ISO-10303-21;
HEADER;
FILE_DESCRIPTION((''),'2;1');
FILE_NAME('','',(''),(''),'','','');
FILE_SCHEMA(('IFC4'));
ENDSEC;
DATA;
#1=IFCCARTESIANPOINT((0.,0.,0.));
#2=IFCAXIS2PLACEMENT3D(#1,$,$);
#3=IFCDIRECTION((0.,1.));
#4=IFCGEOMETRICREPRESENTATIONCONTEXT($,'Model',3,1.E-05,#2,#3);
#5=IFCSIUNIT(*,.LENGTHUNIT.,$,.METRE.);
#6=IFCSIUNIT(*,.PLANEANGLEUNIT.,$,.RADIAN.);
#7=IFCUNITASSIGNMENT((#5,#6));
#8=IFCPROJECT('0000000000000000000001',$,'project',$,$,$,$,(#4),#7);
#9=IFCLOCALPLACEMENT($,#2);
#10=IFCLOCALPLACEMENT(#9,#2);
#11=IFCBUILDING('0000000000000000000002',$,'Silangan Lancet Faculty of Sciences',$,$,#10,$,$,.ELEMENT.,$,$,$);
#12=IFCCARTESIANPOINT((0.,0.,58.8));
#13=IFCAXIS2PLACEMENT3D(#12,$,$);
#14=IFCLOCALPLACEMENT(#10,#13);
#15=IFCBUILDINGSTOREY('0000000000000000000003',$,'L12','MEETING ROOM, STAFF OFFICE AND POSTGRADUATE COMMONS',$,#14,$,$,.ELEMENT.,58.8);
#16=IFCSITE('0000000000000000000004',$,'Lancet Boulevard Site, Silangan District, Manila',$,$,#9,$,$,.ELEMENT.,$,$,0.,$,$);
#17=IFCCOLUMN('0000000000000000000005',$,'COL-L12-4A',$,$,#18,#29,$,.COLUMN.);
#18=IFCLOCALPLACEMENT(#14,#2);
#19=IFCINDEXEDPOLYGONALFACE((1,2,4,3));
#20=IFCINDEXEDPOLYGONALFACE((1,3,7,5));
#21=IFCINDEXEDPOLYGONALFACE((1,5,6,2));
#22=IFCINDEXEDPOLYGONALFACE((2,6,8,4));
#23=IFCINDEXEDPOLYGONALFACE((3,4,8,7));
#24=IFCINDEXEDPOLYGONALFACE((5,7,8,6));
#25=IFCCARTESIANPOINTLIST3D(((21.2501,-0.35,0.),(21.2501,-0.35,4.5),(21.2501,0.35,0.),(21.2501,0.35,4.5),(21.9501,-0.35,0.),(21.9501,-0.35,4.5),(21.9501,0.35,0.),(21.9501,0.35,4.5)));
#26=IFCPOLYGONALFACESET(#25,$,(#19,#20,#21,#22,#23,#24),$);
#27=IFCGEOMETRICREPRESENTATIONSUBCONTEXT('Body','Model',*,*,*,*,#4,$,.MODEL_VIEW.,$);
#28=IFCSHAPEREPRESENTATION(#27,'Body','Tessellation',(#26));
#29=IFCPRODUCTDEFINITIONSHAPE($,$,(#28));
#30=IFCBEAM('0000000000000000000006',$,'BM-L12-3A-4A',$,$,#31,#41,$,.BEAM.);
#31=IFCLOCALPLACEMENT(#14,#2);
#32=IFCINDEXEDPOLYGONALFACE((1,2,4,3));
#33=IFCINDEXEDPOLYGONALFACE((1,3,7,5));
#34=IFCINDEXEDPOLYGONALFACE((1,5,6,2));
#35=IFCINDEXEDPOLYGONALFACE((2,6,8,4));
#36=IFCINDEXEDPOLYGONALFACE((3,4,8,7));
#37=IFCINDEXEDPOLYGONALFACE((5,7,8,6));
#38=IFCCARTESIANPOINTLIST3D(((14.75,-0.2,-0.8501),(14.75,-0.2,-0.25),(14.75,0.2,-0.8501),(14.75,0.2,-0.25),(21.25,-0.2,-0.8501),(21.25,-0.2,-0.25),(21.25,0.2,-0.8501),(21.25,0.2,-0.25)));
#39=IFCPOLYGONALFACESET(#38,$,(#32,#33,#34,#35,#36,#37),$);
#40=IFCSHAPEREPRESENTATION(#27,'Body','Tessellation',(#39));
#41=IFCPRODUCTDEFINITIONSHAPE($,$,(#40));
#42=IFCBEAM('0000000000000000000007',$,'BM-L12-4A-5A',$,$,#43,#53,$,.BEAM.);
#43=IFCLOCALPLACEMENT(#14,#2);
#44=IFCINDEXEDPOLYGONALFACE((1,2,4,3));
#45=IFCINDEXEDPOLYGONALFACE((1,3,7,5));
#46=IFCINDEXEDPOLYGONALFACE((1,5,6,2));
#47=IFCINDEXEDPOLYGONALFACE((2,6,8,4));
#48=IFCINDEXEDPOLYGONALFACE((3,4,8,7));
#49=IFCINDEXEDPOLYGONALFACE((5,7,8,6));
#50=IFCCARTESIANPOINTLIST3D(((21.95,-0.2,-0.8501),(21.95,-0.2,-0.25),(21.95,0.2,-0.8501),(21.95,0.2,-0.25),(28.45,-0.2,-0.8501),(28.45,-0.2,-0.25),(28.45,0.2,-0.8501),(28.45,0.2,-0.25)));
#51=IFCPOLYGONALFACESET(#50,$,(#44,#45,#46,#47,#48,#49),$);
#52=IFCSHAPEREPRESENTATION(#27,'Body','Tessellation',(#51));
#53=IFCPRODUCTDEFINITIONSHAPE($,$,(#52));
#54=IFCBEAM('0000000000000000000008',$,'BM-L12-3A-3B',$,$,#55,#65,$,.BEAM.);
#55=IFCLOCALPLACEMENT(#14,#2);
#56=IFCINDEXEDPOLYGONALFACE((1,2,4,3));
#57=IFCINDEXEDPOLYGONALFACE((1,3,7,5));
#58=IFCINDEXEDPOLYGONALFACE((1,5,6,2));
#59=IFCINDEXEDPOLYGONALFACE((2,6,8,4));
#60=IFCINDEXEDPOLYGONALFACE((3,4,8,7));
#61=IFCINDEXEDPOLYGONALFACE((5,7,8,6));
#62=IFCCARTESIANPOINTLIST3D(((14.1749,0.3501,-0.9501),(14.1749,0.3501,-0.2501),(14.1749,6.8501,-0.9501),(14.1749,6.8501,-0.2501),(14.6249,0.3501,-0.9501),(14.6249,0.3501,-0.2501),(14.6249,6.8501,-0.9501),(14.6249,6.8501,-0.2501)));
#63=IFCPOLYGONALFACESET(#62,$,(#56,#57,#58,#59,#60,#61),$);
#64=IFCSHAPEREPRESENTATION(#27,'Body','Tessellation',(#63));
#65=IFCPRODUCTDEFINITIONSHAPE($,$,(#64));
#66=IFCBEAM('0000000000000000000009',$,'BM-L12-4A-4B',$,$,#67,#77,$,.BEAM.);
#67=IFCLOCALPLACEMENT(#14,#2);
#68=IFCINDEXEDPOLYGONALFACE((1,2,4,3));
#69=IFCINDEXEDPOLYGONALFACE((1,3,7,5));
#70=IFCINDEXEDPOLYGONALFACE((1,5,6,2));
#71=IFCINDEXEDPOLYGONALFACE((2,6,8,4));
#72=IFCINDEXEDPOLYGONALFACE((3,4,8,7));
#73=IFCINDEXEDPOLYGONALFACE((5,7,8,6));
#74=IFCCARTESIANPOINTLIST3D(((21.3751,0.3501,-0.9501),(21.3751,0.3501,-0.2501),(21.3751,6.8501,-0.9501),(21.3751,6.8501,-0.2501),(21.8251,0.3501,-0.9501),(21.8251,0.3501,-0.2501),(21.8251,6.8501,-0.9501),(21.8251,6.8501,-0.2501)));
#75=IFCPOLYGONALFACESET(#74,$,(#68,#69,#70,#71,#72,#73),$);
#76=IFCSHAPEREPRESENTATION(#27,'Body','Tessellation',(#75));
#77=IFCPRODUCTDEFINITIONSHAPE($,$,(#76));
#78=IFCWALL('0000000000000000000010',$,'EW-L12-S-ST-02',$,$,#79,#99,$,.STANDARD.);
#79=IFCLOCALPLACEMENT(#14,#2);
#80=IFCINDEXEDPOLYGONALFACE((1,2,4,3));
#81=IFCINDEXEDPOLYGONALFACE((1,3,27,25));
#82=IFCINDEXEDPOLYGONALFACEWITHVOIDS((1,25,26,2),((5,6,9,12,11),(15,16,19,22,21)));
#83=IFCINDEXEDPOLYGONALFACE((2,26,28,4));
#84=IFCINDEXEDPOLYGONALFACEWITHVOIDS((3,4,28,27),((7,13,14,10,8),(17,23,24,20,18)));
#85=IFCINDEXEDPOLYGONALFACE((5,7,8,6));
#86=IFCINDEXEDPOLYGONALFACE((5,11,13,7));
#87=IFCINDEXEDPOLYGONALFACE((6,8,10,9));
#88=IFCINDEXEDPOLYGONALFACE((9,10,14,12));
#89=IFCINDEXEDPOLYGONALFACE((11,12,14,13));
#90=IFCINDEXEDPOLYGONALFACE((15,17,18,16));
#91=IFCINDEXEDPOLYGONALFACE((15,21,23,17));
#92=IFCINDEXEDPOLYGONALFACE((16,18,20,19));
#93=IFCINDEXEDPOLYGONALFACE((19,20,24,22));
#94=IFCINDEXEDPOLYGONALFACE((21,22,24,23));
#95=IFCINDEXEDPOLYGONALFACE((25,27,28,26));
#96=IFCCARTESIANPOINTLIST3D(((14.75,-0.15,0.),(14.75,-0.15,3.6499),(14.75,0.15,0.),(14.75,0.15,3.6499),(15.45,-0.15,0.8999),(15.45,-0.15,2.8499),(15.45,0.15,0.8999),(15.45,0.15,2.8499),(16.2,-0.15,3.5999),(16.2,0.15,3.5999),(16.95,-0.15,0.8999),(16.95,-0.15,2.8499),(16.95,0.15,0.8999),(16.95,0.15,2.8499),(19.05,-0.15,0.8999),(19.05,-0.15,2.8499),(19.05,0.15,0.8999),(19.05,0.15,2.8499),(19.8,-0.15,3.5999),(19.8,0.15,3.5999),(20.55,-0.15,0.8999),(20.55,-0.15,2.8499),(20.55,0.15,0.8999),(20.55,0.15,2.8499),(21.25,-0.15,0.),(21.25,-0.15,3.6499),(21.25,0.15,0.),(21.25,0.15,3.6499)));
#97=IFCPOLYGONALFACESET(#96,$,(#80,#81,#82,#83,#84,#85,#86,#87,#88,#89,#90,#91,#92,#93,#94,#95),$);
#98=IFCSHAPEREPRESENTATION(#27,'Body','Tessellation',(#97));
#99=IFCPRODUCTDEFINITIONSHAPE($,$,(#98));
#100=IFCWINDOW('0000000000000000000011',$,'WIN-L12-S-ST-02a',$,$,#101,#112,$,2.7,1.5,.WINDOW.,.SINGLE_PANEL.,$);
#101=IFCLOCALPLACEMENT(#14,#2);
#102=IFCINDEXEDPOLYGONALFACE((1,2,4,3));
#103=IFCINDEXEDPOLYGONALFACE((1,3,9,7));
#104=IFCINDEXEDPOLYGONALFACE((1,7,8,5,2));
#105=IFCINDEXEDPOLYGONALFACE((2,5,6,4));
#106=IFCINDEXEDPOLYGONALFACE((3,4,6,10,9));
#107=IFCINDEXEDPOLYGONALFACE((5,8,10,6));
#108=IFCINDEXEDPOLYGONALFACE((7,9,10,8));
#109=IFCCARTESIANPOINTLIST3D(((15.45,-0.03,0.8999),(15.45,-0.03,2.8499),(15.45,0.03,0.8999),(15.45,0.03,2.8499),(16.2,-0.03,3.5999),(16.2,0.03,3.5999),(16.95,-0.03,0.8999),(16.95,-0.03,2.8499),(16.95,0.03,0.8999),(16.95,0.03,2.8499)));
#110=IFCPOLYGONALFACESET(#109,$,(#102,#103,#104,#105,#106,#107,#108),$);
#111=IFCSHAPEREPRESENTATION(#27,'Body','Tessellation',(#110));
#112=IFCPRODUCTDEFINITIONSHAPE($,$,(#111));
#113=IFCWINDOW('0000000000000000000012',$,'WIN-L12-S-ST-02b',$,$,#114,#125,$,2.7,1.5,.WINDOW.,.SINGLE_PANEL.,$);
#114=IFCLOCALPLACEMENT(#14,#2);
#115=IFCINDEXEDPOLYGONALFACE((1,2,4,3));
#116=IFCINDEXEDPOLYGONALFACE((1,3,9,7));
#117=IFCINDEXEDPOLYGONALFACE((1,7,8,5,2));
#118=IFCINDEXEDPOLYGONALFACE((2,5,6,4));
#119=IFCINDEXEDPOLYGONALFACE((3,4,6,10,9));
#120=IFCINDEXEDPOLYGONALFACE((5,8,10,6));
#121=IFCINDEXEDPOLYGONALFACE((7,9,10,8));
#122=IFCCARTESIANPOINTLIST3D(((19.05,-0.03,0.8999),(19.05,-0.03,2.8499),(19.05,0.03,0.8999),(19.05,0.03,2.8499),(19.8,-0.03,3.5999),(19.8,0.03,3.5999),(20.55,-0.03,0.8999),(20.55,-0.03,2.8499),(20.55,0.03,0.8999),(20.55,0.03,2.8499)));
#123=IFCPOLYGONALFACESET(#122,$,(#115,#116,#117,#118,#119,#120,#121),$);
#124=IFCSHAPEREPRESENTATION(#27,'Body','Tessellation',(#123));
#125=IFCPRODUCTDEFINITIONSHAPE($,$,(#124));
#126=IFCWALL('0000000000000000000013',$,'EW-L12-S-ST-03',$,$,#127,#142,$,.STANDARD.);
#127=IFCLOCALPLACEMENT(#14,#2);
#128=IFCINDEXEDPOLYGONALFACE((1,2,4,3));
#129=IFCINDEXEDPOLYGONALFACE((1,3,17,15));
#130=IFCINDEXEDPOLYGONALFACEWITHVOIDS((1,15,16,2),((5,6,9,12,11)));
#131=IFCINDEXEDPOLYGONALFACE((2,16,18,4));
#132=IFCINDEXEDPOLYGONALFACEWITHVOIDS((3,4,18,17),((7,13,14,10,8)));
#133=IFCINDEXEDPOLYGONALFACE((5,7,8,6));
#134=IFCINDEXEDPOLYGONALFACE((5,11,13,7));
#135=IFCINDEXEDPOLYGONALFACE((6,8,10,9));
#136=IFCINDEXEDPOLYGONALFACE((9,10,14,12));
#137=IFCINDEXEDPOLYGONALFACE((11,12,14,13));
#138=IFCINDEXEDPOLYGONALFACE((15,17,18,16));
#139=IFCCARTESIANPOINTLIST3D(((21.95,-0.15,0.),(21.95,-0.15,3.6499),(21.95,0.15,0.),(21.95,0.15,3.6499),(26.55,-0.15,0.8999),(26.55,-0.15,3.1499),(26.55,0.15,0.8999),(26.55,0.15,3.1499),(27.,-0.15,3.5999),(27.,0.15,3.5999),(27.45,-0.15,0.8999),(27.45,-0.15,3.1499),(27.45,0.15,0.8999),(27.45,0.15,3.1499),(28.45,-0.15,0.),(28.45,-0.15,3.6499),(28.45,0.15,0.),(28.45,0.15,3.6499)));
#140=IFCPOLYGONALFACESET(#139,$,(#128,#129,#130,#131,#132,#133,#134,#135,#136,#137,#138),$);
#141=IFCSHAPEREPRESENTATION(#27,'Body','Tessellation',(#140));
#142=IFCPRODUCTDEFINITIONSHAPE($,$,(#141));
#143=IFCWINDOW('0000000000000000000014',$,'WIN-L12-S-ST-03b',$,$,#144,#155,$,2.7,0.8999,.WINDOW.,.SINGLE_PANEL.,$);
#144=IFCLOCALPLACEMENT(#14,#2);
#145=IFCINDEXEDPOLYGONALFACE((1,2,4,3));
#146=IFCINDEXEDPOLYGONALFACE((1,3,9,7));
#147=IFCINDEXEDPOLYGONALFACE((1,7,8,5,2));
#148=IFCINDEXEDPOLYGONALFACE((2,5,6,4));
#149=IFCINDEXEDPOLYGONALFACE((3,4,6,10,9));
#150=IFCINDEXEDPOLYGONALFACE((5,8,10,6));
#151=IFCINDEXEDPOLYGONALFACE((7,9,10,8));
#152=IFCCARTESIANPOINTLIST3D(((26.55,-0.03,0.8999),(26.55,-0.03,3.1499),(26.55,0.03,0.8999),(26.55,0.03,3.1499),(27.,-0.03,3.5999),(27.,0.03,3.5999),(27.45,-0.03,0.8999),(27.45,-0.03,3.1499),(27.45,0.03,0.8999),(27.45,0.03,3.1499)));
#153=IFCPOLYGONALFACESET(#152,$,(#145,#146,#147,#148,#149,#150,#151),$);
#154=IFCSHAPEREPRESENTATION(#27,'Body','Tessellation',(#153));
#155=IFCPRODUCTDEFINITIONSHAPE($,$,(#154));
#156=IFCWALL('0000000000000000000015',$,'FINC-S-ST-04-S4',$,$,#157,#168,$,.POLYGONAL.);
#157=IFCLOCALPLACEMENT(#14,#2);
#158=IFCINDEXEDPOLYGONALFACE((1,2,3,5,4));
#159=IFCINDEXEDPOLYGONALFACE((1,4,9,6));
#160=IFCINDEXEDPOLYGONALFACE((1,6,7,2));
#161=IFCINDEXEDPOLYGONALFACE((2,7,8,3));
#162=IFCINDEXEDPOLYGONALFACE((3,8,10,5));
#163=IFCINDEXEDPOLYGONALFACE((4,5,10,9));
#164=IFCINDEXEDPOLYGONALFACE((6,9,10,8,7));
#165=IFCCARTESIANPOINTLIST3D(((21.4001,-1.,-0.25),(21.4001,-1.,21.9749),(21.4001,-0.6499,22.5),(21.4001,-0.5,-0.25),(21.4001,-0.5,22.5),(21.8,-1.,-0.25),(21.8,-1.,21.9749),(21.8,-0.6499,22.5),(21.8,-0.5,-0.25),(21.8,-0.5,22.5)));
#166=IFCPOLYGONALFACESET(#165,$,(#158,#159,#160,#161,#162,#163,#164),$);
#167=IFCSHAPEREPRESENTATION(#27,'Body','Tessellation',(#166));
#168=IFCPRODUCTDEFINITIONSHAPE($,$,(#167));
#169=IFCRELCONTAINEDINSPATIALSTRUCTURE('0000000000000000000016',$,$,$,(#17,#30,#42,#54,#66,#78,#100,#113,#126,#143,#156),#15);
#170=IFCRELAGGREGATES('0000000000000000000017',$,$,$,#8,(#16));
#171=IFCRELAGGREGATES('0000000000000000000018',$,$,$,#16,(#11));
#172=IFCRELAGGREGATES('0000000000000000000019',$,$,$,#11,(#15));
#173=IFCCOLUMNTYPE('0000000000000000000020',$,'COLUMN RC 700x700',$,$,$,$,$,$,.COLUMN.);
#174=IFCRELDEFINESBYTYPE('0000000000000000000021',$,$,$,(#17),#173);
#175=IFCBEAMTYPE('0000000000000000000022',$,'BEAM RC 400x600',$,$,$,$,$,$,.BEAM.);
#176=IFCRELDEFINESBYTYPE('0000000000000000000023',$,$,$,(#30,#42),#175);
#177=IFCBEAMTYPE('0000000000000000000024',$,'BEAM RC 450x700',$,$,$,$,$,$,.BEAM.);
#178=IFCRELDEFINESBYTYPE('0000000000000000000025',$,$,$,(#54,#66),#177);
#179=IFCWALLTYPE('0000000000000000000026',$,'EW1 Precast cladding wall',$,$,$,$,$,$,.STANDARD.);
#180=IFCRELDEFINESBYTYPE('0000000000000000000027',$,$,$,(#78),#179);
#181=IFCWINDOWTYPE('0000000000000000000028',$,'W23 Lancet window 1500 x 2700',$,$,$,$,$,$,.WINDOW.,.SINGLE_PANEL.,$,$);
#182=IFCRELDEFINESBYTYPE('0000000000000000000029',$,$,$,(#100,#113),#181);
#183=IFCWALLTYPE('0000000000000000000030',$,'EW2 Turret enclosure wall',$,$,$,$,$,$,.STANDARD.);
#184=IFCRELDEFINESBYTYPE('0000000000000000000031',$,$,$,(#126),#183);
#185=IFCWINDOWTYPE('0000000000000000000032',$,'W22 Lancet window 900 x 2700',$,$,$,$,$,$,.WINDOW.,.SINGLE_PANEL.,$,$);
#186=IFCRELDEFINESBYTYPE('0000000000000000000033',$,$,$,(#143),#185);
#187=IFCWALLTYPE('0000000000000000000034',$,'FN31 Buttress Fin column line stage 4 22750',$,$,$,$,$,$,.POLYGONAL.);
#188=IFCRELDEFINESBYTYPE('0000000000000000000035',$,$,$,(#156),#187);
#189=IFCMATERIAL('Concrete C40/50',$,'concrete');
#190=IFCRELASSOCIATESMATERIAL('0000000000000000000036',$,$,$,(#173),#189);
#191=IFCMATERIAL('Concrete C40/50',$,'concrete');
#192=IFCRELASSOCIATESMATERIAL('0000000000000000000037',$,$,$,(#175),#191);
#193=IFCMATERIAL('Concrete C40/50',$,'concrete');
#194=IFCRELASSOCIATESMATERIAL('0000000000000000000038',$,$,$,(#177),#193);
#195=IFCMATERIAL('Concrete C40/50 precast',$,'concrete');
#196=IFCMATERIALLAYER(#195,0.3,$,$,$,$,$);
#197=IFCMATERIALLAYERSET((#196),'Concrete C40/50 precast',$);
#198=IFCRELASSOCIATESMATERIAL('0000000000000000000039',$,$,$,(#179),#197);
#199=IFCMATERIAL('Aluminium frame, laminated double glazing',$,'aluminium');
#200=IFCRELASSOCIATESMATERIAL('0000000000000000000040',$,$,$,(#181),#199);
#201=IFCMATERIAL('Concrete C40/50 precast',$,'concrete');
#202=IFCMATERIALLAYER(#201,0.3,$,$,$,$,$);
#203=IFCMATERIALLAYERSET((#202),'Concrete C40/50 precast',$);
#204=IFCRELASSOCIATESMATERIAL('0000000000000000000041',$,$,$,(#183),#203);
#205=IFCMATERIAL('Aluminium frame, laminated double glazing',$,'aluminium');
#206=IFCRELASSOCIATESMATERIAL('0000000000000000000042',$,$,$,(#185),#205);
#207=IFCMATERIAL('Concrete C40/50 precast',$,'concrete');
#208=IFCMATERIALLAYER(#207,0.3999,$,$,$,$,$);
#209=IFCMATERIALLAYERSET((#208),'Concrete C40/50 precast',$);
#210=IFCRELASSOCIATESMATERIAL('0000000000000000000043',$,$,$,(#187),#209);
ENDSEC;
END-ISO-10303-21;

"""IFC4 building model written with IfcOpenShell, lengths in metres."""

from ifc_helpers import new_model, si_unit, direction, frame, frame_2d, origin, origin_2d, place, context, subcontext, project, spatial, polyline, rectangle, outline, extrude, material, layer, layer_set, material_profile, profile_set, type_object, element, fill, save


model = new_model("IFC4")

# Units and contexts
model_context = context("Model", 3, precision=1e-05, world=origin(), true_north=direction((0.0, 1.0)))
body_context = subcontext(model_context, "Body", "Model", "MODEL_VIEW")
ifc_project = project(units=[si_unit("LENGTHUNIT", "METRE"), si_unit("PLANEANGLEUNIT", "RADIAN")], contexts=[model_context])

# Site, building, storey
site_placement = place(None, origin())
site = spatial("IfcSite", under=ifc_project, at=site_placement, Name="Lancet Boulevard Site, Silangan District, Manila", CompositionType="ELEMENT", RefElevation=0.0)
building_placement = place(site_placement, origin())
building = spatial("IfcBuilding", under=site, at=building_placement, Name="Silangan Lancet Faculty of Sciences", CompositionType="ELEMENT")
storey_placement = place(building_placement, frame((0.0, 0.0, 58.8)))
storey = spatial("IfcBuildingStorey", under=building, at=storey_placement, Name="L12", Description="MEETING ROOM, STAFF OFFICE AND POSTGRADUATE COMMONS", CompositionType="ELEMENT", Elevation=58.8)

# Column
ifc_material_1 = material(Name="Concrete C40/50", Category="concrete")
ifc_material_profile_1 = material_profile(ifc_material_1, rectangle(XDim=0.7, YDim=0.7, at=origin_2d()), Name="RC 700x700")
ifc_profile_set_1 = profile_set([ifc_material_profile_1], Name="Concrete C40/50")
column_type = type_object("IfcColumnType", Name="COLUMN RC 700x700", PredefinedType="COLUMN", material=ifc_profile_set_1)
column_placement = place(storey_placement, frame((21.6001, 0.0, 0.0), z_axis=(0.0, 0.0, 1.0), x_axis=(1.0, 0.0, 0.0)))
element("IfcColumn", 1, at=column_placement, inside=storey, type_object=column_type, Name="COL-L12-4A", PredefinedType="COLUMN", context=body_context, shape_type="SweptSolid", body=[
    extrude(rectangle(XDim=0.7, YDim=0.7, at=origin_2d()), origin(), (0.0, 0.0, 1.0), 4.5),
])

# Beams
ifc_material_2 = material(Name="Concrete C40/50", Category="concrete")
ifc_material_profile_2 = material_profile(ifc_material_2, rectangle(XDim=0.3999, YDim=0.6001, at=origin_2d()), Name="RC 400x600")
ifc_profile_set_2 = profile_set([ifc_material_profile_2], Name="Concrete C40/50")
beam_type_1 = type_object("IfcBeamType", Name="BEAM RC 400x600", PredefinedType="BEAM", material=ifc_profile_set_2)
for number, where, z_axis, x_axis, name in (
    (2, (14.75, 0.0, -0.55), (1.0, 0.0, 0.0), (0.0, 1.0, 0.0), "BM-L12-3A-4A"),
    (3, (21.95, 0.0, -0.55), (1.0, 0.0, 0.0), (0.0, 1.0, 0.0), "BM-L12-4A-5A"),
):
    element("IfcBeam", number, at=place(storey_placement, frame(where, z_axis=z_axis, x_axis=x_axis)), inside=storey, type_object=beam_type_1, Name=name, PredefinedType="BEAM", context=body_context, shape_type="SweptSolid", body=[
        extrude(rectangle(XDim=0.3999, YDim=0.6001, at=origin_2d()), origin(), (0.0, 0.0, 1.0), 6.5),
    ])
ifc_material_3 = material(Name="Concrete C40/50", Category="concrete")
ifc_material_profile_3 = material_profile(ifc_material_3, rectangle(XDim=0.45, YDim=0.7, at=origin_2d()), Name="RC 450x700")
ifc_profile_set_3 = profile_set([ifc_material_profile_3], Name="Concrete C40/50")
beam_type_2 = type_object("IfcBeamType", Name="BEAM RC 450x700", PredefinedType="BEAM", material=ifc_profile_set_3)
for number, where, z_axis, x_axis, name in (
    (4, (14.3999, 0.3501, -0.6001), (0.0, 1.0, 0.0), (-1.0, 0.0, 0.0), "BM-L12-3A-3B"),
    (5, (21.6001, 0.3501, -0.6001), (0.0, 1.0, 0.0), (-1.0, 0.0, 0.0), "BM-L12-4A-4B"),
):
    element("IfcBeam", number, at=place(storey_placement, frame(where, z_axis=z_axis, x_axis=x_axis)), inside=storey, type_object=beam_type_2, Name=name, PredefinedType="BEAM", context=body_context, shape_type="SweptSolid", body=[
        extrude(rectangle(XDim=0.45, YDim=0.7, at=origin_2d()), origin(), (0.0, 0.0, 1.0), 6.5),
    ])

# Wall, openings, windows
ifc_material_4 = material(Name="Concrete C40/50 precast", Category="concrete")
ifc_layer_1 = layer(ifc_material_4, 0.3)
ifc_layer_set_1 = layer_set([ifc_layer_1], Name="Concrete C40/50 precast")
wall_type_1 = type_object("IfcWallType", Name="EW1 Precast cladding wall", PredefinedType="STANDARD", material=ifc_layer_set_1)
wall_1_placement = place(storey_placement, frame((14.75, 0.0, 0.0), z_axis=(0.0, 0.0, 1.0), x_axis=(1.0, 0.0, 0.0)))
wall_1 = element("IfcWall", 6, at=wall_1_placement, inside=storey, type_object=wall_type_1, Name="EW-L12-S-ST-02", PredefinedType="STANDARD", context=body_context, shape_type="SweptSolid", body=[
    extrude(rectangle(XDim=6.5, YDim=0.3, at=frame_2d((3.25, 0.0))), origin(), (0.0, 0.0, 1.0), 3.6499),
])
opening_1_placement = place(wall_1_placement, frame((0.7, 0.0, 0.8999)))
opening_1 = element("IfcOpeningElement", 7, at=opening_1_placement, cuts=wall_1, PredefinedType="OPENING", context=body_context, shape_type="SweptSolid", body=[
    extrude(outline(polyline([(0.0, 0.0), (1.5, 0.0), (1.5, 1.95), (0.75, 2.7), (0.0, 1.95), (0.0, 0.0)])), frame((0.0, 0.1599, 0.0), z_axis=(0.0, -1.0, 0.0), x_axis=(1.0, 0.0, 0.0)), (0.0, 0.0, 1.0), 0.3201),
])
opening_2_placement = place(wall_1_placement, frame((4.3, 0.0, 0.8999)))
opening_2 = element("IfcOpeningElement", 8, at=opening_2_placement, cuts=wall_1, PredefinedType="OPENING", context=body_context, shape_type="SweptSolid", body=[
    extrude(outline(polyline([(0.0, 0.0), (1.5, 0.0), (1.5, 1.95), (0.75, 2.7), (0.0, 1.95), (0.0, 0.0)])), frame((0.0, 0.1599, 0.0), z_axis=(0.0, -1.0, 0.0), x_axis=(1.0, 0.0, 0.0)), (0.0, 0.0, 1.0), 0.3201),
])
ifc_material_5 = material(Name="Aluminium frame, laminated double glazing", Category="aluminium")
window_type_1 = type_object("IfcWindowType", Name="W23 Lancet window 1500 x 2700", PartitioningType="SINGLE_PANEL", PredefinedType="WINDOW", material=ifc_material_5)
window_1_placement = place(opening_1_placement, origin())
window_1 = element("IfcWindow", 9, at=window_1_placement, inside=storey, type_object=window_type_1, Name="WIN-L12-S-ST-02a", OverallHeight=2.7, OverallWidth=1.5, PartitioningType="SINGLE_PANEL", PredefinedType="WINDOW", context=body_context, shape_type="SweptSolid", body=[
    extrude(outline(polyline([(0.0, 0.0), (1.5, 0.0), (1.5, 1.95), (0.75, 2.7), (0.0, 1.95), (0.0, 0.0)])), frame((0.0, 0.03, 0.0), z_axis=(0.0, -1.0, 0.0), x_axis=(1.0, 0.0, 0.0)), (0.0, 0.0, 1.0), 0.0601),
])
fill(opening_1, window_1)
window_2_placement = place(opening_2_placement, origin())
window_2 = element("IfcWindow", 10, at=window_2_placement, inside=storey, type_object=window_type_1, Name="WIN-L12-S-ST-02b", OverallHeight=2.7, OverallWidth=1.5, PartitioningType="SINGLE_PANEL", PredefinedType="WINDOW", context=body_context, shape_type="SweptSolid", body=[
    extrude(outline(polyline([(0.0, 0.0), (1.5, 0.0), (1.5, 1.95), (0.75, 2.7), (0.0, 1.95), (0.0, 0.0)])), frame((0.0, 0.03, 0.0), z_axis=(0.0, -1.0, 0.0), x_axis=(1.0, 0.0, 0.0)), (0.0, 0.0, 1.0), 0.0601),
])
fill(opening_2, window_2)

# Wall, opening, window
ifc_material_6 = material(Name="Concrete C40/50 precast", Category="concrete")
ifc_layer_2 = layer(ifc_material_6, 0.3)
ifc_layer_set_2 = layer_set([ifc_layer_2], Name="Concrete C40/50 precast")
wall_type_2 = type_object("IfcWallType", Name="EW2 Turret enclosure wall", PredefinedType="STANDARD", material=ifc_layer_set_2)
wall_2_placement = place(storey_placement, frame((21.95, 0.0, 0.0), z_axis=(0.0, 0.0, 1.0), x_axis=(1.0, 0.0, 0.0)))
wall_2 = element("IfcWall", 11, at=wall_2_placement, inside=storey, type_object=wall_type_2, Name="EW-L12-S-ST-03", PredefinedType="STANDARD", context=body_context, shape_type="SweptSolid", body=[
    extrude(rectangle(XDim=6.5, YDim=0.3, at=frame_2d((3.25, 0.0))), origin(), (0.0, 0.0, 1.0), 3.6499),
])
opening_3_placement = place(wall_2_placement, frame((4.6001, 0.0, 0.8999)))
opening_3 = element("IfcOpeningElement", 12, at=opening_3_placement, cuts=wall_2, PredefinedType="OPENING", context=body_context, shape_type="SweptSolid", body=[
    extrude(outline(polyline([(0.0, 0.0), (0.8999, 0.0), (0.8999, 2.25), (0.45, 2.7), (0.0, 2.25), (0.0, 0.0)])), frame((0.0, 0.1599, 0.0), z_axis=(0.0, -1.0, 0.0), x_axis=(1.0, 0.0, 0.0)), (0.0, 0.0, 1.0), 0.3201),
])
ifc_material_7 = material(Name="Aluminium frame, laminated double glazing", Category="aluminium")
window_type_2 = type_object("IfcWindowType", Name="W22 Lancet window 900 x 2700", PartitioningType="SINGLE_PANEL", PredefinedType="WINDOW", material=ifc_material_7)
window_3_placement = place(opening_3_placement, origin())
window_3 = element("IfcWindow", 13, at=window_3_placement, inside=storey, type_object=window_type_2, Name="WIN-L12-S-ST-03b", OverallHeight=2.7, OverallWidth=0.8999, PartitioningType="SINGLE_PANEL", PredefinedType="WINDOW", context=body_context, shape_type="SweptSolid", body=[
    extrude(outline(polyline([(0.0, 0.0), (0.8999, 0.0), (0.8999, 2.25), (0.45, 2.7), (0.0, 2.25), (0.0, 0.0)])), frame((0.0, 0.03, 0.0), z_axis=(0.0, -1.0, 0.0), x_axis=(1.0, 0.0, 0.0)), (0.0, 0.0, 1.0), 0.0601),
])
fill(opening_3, window_3)

# Wall
ifc_material_8 = material(Name="Concrete C40/50 precast", Category="concrete")
ifc_layer_3 = layer(ifc_material_8, 0.3999)
ifc_layer_set_3 = layer_set([ifc_layer_3], Name="Concrete C40/50 precast")
wall_type_3 = type_object("IfcWallType", Name="FN31 Buttress Fin column line stage 4 22750", PredefinedType="POLYGONAL", material=ifc_layer_set_3)
wall_3_placement = place(storey_placement, frame((21.6001, -0.5, -0.25), z_axis=(0.0, 0.0, 1.0), x_axis=(0.0, -1.0, 0.0)))
element("IfcWall", 14, at=wall_3_placement, inside=storey, type_object=wall_type_3, Name="FINC-S-ST-04-S4", PredefinedType="POLYGONAL", context=body_context, shape_type="SweptSolid", body=[
    extrude(outline(polyline([(0.5, 0.0), (0.5, 22.2249), (0.1499, 22.75), (0.0, 22.75), (0.0, 0.0), (0.5, 0.0)])), frame((0.0, 0.2, 0.0), z_axis=(0.0, -1.0, 0.0), x_axis=(1.0, 0.0, 0.0)), (0.0, 0.0, 1.0), 0.3999),
])

save(model, "model.ifc")
